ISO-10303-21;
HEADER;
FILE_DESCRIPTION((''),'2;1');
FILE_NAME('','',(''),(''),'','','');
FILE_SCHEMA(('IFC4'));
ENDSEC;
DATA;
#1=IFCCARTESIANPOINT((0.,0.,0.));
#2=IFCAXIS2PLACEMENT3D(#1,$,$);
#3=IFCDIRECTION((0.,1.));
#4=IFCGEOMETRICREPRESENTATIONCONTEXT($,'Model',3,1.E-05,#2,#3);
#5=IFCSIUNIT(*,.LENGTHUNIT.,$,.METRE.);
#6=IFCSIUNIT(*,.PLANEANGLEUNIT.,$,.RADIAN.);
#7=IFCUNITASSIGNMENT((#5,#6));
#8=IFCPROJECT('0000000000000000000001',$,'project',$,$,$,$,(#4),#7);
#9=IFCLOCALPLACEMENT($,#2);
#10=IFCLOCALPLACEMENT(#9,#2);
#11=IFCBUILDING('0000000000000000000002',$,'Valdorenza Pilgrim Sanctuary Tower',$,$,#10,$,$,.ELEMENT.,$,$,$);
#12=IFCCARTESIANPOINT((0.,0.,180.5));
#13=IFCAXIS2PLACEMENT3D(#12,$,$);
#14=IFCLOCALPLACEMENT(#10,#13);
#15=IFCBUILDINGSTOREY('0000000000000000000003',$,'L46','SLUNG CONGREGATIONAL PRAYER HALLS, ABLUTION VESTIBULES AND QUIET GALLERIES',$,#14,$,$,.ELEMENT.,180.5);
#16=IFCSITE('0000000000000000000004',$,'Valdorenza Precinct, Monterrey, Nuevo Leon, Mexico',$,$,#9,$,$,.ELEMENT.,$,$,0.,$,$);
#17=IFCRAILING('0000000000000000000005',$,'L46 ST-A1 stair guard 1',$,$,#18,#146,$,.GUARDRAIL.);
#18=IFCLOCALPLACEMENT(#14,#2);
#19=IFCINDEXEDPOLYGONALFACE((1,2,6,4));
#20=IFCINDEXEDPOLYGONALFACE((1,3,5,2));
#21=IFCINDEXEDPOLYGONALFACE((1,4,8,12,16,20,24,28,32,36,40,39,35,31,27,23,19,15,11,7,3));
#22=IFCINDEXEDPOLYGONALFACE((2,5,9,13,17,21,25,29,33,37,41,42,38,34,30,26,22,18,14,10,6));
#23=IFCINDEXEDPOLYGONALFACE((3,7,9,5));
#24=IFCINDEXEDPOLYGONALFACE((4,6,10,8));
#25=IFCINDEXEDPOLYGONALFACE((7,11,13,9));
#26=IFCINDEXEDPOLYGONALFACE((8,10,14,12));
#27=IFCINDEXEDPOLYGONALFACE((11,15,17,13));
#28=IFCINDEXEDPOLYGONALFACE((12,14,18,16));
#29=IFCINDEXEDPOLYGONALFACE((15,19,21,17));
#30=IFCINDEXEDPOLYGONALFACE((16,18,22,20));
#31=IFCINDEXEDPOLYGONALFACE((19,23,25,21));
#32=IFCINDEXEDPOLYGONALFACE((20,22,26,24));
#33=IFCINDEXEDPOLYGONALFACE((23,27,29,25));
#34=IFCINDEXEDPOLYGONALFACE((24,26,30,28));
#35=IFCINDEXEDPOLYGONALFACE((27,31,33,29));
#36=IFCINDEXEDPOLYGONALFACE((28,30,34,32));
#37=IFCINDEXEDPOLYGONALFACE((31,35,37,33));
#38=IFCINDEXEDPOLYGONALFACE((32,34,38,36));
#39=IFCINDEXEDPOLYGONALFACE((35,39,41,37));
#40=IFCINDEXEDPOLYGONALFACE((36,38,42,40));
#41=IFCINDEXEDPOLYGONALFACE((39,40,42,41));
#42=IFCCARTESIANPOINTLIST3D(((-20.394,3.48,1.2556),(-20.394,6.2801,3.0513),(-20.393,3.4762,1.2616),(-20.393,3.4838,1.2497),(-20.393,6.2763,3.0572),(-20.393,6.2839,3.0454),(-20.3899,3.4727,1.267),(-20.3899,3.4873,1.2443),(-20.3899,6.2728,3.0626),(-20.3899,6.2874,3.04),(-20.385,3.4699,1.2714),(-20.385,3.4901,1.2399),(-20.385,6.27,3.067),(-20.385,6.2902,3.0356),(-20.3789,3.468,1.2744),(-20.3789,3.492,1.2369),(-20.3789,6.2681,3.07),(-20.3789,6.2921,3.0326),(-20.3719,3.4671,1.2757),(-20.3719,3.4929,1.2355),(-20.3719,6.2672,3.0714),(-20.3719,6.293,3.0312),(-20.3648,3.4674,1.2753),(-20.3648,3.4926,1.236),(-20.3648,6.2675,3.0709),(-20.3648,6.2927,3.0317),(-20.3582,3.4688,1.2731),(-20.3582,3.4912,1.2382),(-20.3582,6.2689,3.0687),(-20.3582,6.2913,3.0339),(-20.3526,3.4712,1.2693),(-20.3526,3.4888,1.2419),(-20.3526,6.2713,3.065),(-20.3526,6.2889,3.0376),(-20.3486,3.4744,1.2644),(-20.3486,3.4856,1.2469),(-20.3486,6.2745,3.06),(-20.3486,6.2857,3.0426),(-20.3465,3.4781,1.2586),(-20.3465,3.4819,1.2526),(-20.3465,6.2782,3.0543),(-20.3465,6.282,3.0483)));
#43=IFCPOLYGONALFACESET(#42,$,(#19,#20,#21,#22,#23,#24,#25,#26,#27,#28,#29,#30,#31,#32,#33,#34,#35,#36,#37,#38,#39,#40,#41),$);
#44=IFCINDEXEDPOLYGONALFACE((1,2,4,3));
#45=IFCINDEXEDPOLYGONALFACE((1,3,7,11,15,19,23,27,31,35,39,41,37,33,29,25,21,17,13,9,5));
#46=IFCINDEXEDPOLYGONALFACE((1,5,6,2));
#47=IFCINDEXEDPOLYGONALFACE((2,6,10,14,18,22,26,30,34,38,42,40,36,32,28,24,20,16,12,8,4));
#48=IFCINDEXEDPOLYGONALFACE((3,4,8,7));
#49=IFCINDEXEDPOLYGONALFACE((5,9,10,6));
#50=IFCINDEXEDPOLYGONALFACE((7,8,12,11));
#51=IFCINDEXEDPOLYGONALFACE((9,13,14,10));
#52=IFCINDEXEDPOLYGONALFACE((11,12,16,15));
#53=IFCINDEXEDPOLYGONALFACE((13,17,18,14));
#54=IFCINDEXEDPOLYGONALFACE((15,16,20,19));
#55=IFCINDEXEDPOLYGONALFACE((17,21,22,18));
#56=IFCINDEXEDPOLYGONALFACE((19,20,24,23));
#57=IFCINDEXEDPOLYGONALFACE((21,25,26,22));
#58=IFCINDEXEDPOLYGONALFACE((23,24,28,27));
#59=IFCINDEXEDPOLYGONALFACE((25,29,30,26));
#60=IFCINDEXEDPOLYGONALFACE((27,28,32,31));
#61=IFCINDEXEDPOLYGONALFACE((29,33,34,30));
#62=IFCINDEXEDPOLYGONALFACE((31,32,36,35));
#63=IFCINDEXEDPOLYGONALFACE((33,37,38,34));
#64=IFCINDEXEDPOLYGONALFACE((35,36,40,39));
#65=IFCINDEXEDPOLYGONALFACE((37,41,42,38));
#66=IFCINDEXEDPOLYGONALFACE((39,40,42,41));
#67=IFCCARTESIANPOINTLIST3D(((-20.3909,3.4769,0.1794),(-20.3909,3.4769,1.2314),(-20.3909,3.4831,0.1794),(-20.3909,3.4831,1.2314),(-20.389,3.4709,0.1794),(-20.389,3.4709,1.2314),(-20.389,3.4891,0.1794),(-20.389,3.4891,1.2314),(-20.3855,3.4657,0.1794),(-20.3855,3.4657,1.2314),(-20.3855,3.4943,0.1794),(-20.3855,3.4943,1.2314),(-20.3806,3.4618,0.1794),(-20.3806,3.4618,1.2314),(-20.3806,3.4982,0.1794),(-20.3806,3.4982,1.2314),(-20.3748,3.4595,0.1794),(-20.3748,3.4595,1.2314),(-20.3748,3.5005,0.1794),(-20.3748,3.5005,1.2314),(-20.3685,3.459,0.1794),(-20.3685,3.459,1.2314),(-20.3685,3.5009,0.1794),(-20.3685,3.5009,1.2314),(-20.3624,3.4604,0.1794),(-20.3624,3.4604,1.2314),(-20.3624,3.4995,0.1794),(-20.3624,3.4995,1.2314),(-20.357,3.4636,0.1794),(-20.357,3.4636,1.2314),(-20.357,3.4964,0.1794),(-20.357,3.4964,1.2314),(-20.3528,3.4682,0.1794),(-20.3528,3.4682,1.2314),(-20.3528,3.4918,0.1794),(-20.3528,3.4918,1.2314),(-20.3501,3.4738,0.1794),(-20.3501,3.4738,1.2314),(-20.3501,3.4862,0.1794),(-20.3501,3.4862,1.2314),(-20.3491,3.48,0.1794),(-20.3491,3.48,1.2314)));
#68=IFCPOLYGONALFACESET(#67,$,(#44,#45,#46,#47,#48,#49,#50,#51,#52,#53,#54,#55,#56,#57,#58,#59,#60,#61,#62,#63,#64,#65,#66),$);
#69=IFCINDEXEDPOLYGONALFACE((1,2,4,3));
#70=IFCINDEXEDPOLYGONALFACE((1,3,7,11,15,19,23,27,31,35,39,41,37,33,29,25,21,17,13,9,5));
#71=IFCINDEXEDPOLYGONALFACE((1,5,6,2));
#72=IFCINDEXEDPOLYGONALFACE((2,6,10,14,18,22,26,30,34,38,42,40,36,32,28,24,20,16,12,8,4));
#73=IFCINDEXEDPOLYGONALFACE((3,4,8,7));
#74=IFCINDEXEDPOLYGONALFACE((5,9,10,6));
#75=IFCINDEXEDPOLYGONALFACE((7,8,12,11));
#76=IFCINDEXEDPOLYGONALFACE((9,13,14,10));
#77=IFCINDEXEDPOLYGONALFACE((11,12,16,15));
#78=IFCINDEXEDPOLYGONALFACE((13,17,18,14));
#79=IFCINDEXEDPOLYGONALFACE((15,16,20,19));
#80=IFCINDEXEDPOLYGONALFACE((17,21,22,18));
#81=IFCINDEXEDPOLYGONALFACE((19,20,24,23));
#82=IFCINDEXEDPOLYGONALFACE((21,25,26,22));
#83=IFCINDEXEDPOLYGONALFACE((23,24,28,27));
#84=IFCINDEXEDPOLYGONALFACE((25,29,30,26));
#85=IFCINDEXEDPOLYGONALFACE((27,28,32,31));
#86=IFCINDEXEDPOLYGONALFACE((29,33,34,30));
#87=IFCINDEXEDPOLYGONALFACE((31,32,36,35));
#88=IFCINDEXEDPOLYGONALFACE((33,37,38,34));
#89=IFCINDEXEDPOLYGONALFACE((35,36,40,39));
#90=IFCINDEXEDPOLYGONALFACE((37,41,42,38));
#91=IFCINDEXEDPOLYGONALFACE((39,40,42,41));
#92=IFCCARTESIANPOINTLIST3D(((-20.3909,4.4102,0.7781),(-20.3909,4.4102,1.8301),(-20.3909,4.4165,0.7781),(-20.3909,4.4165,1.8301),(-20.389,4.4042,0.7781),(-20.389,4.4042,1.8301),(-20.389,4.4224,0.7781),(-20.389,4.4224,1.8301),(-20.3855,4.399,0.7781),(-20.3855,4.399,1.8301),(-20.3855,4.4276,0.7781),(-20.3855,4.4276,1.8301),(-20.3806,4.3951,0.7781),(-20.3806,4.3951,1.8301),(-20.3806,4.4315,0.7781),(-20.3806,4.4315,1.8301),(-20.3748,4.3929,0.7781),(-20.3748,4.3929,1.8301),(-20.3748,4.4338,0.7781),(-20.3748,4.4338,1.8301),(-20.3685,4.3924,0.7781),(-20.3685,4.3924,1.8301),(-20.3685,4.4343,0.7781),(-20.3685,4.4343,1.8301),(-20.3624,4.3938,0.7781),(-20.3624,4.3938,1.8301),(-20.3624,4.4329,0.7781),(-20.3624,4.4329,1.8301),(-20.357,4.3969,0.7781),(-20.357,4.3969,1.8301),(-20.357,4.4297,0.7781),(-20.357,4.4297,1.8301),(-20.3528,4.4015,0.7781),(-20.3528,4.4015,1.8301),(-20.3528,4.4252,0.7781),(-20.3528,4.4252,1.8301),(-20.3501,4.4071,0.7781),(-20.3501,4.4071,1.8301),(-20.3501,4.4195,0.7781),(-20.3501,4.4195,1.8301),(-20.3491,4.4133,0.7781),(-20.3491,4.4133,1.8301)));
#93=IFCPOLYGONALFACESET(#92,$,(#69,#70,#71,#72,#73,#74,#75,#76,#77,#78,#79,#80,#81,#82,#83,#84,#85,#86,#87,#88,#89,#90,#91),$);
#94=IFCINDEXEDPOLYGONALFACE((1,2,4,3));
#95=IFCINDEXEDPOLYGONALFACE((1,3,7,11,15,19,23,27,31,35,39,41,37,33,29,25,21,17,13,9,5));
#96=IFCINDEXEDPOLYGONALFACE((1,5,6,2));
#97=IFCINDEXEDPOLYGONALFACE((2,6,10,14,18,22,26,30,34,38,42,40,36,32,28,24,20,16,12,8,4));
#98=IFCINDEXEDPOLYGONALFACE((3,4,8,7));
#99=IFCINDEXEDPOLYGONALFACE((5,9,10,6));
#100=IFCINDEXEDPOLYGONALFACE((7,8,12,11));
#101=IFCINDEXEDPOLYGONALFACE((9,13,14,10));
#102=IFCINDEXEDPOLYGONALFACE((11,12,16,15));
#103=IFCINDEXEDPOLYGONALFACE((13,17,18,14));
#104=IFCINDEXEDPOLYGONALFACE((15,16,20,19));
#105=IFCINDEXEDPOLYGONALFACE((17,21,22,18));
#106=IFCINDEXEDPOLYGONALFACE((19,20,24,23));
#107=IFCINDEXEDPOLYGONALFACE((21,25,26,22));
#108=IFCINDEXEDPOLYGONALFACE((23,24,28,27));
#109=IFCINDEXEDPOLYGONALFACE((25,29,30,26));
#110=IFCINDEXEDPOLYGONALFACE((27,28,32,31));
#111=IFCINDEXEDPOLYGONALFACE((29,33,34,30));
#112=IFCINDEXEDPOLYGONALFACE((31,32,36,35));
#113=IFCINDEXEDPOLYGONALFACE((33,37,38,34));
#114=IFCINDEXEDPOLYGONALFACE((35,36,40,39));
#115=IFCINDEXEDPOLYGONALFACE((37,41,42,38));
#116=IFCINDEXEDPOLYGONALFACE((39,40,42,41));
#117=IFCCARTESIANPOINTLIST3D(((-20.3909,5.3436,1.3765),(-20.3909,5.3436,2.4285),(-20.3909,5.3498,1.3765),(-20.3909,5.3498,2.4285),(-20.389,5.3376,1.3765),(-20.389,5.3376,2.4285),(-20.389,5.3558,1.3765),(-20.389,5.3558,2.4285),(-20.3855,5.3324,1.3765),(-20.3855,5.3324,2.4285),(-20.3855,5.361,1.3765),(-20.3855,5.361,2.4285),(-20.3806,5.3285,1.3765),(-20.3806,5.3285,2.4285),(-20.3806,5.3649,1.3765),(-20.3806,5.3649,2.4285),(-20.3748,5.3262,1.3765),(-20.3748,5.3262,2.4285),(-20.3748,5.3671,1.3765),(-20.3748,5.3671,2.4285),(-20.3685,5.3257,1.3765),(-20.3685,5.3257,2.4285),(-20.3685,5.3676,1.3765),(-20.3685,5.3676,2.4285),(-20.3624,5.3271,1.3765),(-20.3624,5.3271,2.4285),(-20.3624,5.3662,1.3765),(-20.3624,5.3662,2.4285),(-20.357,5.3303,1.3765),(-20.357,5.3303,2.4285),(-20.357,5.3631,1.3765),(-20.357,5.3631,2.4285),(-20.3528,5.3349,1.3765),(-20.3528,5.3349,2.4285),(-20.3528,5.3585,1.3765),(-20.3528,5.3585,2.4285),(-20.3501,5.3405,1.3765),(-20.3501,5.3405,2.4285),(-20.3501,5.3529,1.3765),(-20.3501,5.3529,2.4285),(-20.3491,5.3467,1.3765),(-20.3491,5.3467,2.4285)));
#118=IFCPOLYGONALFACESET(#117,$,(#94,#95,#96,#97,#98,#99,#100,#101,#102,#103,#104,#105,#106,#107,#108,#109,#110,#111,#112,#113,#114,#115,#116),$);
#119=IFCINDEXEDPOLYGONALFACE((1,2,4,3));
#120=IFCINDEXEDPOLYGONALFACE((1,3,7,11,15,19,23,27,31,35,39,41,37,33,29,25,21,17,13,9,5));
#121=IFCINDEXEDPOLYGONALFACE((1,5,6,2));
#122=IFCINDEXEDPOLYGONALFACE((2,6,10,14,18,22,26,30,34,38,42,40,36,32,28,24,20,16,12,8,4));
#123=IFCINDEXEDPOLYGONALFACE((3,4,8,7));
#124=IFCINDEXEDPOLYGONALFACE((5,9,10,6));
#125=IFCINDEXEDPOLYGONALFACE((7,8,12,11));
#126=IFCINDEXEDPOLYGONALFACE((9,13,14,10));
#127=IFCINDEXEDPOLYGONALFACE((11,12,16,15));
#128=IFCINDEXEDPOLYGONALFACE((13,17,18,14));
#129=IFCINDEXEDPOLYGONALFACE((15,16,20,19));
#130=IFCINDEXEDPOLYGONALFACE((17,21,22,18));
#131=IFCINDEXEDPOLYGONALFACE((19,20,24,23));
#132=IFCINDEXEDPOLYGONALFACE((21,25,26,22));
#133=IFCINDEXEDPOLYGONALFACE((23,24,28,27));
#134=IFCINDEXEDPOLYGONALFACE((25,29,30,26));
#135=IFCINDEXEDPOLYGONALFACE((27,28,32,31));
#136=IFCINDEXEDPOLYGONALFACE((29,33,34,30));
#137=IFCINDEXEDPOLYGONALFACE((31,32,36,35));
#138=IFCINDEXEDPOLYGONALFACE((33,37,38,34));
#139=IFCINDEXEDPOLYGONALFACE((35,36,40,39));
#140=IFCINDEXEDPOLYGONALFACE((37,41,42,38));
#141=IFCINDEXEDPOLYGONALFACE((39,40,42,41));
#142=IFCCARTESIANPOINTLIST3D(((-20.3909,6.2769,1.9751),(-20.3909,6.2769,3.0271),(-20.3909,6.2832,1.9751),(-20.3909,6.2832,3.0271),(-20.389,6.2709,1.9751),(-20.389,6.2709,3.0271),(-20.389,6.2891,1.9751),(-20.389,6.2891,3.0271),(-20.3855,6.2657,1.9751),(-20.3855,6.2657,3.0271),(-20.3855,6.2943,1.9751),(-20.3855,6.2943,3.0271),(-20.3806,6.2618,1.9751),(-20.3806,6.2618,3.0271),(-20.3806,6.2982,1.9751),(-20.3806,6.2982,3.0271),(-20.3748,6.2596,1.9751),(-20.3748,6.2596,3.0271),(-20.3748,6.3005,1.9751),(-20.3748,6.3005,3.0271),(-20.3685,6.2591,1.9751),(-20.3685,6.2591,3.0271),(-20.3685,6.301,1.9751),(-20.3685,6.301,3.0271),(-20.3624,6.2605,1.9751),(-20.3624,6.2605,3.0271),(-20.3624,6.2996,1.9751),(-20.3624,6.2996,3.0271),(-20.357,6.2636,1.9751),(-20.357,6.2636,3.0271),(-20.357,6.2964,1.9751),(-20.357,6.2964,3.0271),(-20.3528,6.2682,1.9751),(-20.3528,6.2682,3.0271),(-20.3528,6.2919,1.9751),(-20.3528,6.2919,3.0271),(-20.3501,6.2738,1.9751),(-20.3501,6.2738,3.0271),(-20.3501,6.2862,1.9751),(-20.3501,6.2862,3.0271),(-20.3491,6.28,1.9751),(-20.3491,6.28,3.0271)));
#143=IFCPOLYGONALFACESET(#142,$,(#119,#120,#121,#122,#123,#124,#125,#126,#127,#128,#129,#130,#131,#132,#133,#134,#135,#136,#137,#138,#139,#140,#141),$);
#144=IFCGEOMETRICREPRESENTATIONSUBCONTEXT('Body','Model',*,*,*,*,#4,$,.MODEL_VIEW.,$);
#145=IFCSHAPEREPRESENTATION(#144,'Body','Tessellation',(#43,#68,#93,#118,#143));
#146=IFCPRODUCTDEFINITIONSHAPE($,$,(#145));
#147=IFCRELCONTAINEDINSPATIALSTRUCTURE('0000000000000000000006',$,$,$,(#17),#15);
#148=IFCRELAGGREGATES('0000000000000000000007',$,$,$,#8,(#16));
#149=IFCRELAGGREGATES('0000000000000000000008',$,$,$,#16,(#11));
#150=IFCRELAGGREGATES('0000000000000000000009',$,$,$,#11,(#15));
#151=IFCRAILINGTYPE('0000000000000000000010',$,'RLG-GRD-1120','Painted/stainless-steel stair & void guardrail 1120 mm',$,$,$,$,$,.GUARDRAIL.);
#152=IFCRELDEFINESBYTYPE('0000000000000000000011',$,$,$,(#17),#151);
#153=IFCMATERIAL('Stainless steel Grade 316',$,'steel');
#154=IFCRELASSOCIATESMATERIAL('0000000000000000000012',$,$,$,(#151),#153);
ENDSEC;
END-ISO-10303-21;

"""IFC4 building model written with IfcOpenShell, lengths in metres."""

from ifc_helpers import new_model, si_unit, direction, frame, origin, origin_2d, place, context, subcontext, project, spatial, circle, extrude, material, type_object, element, save


model = new_model("IFC4")

# Units and contexts
model_context = context("Model", 3, precision=1e-05, world=origin(), true_north=direction((0.0, 1.0)))
body_context = subcontext(model_context, "Body", "Model", "MODEL_VIEW")
ifc_project = project(units=[si_unit("LENGTHUNIT", "METRE"), si_unit("PLANEANGLEUNIT", "RADIAN")], contexts=[model_context])

# Site, building, storey
site_placement = place(None, origin())
site = spatial("IfcSite", under=ifc_project, at=site_placement, Name="Valdorenza Precinct, Monterrey, Nuevo Leon, Mexico", CompositionType="ELEMENT", RefElevation=0.0)
building_placement = place(site_placement, origin())
building = spatial("IfcBuilding", under=site, at=building_placement, Name="Valdorenza Pilgrim Sanctuary Tower", CompositionType="ELEMENT")
storey_placement = place(building_placement, frame((0.0, 0.0, 180.5)))
storey = spatial("IfcBuildingStorey", under=building, at=storey_placement, Name="L46", Description="SLUNG CONGREGATIONAL PRAYER HALLS, ABLUTION VESTIBULES AND QUIET GALLERIES", CompositionType="ELEMENT", Elevation=180.5)

# Railing
ifc_material_1 = material(Name="Stainless steel Grade 316", Category="steel")
railing_type_1 = type_object("IfcRailingType", Name="RLG-GRD-1120", Description="Painted/stainless-steel stair & void guardrail 1120 mm", PredefinedType="GUARDRAIL", material=ifc_material_1)
railing_1_placement = place(storey_placement, frame((-20.3701, 3.48, 0.1794)))
element("IfcRailing", 1, at=railing_1_placement, inside=storey, type_object=railing_type_1, Name="L46 ST-A1 stair guard 1", PredefinedType="GUARDRAIL", context=body_context, shape_type="SweptSolid", body=[
    extrude(circle(Radius=0.0239, at=origin_2d()), frame((0.0, 0.0, 1.0762), z_axis=(0.0, 0.841777, 0.539826), x_axis=(-1.0, 0.0, 0.0)), (0.0, 0.0, 1.0), 3.3264),
    extrude(circle(Radius=0.021, at=origin_2d()), origin(), (0.0, 0.0, 1.0), 1.052),
    extrude(circle(Radius=0.021, at=origin_2d()), frame((0.0, 0.9333, 0.5986)), (0.0, 0.0, 1.0), 1.052),
    extrude(circle(Radius=0.021, at=origin_2d()), frame((0.0, 1.8667, 1.197)), (0.0, 0.0, 1.0), 1.052),
    extrude(circle(Radius=0.021, at=origin_2d()), frame((0.0, 2.8, 1.7957)), (0.0, 0.0, 1.0), 1.052),
])

save(model, "model.ifc")
